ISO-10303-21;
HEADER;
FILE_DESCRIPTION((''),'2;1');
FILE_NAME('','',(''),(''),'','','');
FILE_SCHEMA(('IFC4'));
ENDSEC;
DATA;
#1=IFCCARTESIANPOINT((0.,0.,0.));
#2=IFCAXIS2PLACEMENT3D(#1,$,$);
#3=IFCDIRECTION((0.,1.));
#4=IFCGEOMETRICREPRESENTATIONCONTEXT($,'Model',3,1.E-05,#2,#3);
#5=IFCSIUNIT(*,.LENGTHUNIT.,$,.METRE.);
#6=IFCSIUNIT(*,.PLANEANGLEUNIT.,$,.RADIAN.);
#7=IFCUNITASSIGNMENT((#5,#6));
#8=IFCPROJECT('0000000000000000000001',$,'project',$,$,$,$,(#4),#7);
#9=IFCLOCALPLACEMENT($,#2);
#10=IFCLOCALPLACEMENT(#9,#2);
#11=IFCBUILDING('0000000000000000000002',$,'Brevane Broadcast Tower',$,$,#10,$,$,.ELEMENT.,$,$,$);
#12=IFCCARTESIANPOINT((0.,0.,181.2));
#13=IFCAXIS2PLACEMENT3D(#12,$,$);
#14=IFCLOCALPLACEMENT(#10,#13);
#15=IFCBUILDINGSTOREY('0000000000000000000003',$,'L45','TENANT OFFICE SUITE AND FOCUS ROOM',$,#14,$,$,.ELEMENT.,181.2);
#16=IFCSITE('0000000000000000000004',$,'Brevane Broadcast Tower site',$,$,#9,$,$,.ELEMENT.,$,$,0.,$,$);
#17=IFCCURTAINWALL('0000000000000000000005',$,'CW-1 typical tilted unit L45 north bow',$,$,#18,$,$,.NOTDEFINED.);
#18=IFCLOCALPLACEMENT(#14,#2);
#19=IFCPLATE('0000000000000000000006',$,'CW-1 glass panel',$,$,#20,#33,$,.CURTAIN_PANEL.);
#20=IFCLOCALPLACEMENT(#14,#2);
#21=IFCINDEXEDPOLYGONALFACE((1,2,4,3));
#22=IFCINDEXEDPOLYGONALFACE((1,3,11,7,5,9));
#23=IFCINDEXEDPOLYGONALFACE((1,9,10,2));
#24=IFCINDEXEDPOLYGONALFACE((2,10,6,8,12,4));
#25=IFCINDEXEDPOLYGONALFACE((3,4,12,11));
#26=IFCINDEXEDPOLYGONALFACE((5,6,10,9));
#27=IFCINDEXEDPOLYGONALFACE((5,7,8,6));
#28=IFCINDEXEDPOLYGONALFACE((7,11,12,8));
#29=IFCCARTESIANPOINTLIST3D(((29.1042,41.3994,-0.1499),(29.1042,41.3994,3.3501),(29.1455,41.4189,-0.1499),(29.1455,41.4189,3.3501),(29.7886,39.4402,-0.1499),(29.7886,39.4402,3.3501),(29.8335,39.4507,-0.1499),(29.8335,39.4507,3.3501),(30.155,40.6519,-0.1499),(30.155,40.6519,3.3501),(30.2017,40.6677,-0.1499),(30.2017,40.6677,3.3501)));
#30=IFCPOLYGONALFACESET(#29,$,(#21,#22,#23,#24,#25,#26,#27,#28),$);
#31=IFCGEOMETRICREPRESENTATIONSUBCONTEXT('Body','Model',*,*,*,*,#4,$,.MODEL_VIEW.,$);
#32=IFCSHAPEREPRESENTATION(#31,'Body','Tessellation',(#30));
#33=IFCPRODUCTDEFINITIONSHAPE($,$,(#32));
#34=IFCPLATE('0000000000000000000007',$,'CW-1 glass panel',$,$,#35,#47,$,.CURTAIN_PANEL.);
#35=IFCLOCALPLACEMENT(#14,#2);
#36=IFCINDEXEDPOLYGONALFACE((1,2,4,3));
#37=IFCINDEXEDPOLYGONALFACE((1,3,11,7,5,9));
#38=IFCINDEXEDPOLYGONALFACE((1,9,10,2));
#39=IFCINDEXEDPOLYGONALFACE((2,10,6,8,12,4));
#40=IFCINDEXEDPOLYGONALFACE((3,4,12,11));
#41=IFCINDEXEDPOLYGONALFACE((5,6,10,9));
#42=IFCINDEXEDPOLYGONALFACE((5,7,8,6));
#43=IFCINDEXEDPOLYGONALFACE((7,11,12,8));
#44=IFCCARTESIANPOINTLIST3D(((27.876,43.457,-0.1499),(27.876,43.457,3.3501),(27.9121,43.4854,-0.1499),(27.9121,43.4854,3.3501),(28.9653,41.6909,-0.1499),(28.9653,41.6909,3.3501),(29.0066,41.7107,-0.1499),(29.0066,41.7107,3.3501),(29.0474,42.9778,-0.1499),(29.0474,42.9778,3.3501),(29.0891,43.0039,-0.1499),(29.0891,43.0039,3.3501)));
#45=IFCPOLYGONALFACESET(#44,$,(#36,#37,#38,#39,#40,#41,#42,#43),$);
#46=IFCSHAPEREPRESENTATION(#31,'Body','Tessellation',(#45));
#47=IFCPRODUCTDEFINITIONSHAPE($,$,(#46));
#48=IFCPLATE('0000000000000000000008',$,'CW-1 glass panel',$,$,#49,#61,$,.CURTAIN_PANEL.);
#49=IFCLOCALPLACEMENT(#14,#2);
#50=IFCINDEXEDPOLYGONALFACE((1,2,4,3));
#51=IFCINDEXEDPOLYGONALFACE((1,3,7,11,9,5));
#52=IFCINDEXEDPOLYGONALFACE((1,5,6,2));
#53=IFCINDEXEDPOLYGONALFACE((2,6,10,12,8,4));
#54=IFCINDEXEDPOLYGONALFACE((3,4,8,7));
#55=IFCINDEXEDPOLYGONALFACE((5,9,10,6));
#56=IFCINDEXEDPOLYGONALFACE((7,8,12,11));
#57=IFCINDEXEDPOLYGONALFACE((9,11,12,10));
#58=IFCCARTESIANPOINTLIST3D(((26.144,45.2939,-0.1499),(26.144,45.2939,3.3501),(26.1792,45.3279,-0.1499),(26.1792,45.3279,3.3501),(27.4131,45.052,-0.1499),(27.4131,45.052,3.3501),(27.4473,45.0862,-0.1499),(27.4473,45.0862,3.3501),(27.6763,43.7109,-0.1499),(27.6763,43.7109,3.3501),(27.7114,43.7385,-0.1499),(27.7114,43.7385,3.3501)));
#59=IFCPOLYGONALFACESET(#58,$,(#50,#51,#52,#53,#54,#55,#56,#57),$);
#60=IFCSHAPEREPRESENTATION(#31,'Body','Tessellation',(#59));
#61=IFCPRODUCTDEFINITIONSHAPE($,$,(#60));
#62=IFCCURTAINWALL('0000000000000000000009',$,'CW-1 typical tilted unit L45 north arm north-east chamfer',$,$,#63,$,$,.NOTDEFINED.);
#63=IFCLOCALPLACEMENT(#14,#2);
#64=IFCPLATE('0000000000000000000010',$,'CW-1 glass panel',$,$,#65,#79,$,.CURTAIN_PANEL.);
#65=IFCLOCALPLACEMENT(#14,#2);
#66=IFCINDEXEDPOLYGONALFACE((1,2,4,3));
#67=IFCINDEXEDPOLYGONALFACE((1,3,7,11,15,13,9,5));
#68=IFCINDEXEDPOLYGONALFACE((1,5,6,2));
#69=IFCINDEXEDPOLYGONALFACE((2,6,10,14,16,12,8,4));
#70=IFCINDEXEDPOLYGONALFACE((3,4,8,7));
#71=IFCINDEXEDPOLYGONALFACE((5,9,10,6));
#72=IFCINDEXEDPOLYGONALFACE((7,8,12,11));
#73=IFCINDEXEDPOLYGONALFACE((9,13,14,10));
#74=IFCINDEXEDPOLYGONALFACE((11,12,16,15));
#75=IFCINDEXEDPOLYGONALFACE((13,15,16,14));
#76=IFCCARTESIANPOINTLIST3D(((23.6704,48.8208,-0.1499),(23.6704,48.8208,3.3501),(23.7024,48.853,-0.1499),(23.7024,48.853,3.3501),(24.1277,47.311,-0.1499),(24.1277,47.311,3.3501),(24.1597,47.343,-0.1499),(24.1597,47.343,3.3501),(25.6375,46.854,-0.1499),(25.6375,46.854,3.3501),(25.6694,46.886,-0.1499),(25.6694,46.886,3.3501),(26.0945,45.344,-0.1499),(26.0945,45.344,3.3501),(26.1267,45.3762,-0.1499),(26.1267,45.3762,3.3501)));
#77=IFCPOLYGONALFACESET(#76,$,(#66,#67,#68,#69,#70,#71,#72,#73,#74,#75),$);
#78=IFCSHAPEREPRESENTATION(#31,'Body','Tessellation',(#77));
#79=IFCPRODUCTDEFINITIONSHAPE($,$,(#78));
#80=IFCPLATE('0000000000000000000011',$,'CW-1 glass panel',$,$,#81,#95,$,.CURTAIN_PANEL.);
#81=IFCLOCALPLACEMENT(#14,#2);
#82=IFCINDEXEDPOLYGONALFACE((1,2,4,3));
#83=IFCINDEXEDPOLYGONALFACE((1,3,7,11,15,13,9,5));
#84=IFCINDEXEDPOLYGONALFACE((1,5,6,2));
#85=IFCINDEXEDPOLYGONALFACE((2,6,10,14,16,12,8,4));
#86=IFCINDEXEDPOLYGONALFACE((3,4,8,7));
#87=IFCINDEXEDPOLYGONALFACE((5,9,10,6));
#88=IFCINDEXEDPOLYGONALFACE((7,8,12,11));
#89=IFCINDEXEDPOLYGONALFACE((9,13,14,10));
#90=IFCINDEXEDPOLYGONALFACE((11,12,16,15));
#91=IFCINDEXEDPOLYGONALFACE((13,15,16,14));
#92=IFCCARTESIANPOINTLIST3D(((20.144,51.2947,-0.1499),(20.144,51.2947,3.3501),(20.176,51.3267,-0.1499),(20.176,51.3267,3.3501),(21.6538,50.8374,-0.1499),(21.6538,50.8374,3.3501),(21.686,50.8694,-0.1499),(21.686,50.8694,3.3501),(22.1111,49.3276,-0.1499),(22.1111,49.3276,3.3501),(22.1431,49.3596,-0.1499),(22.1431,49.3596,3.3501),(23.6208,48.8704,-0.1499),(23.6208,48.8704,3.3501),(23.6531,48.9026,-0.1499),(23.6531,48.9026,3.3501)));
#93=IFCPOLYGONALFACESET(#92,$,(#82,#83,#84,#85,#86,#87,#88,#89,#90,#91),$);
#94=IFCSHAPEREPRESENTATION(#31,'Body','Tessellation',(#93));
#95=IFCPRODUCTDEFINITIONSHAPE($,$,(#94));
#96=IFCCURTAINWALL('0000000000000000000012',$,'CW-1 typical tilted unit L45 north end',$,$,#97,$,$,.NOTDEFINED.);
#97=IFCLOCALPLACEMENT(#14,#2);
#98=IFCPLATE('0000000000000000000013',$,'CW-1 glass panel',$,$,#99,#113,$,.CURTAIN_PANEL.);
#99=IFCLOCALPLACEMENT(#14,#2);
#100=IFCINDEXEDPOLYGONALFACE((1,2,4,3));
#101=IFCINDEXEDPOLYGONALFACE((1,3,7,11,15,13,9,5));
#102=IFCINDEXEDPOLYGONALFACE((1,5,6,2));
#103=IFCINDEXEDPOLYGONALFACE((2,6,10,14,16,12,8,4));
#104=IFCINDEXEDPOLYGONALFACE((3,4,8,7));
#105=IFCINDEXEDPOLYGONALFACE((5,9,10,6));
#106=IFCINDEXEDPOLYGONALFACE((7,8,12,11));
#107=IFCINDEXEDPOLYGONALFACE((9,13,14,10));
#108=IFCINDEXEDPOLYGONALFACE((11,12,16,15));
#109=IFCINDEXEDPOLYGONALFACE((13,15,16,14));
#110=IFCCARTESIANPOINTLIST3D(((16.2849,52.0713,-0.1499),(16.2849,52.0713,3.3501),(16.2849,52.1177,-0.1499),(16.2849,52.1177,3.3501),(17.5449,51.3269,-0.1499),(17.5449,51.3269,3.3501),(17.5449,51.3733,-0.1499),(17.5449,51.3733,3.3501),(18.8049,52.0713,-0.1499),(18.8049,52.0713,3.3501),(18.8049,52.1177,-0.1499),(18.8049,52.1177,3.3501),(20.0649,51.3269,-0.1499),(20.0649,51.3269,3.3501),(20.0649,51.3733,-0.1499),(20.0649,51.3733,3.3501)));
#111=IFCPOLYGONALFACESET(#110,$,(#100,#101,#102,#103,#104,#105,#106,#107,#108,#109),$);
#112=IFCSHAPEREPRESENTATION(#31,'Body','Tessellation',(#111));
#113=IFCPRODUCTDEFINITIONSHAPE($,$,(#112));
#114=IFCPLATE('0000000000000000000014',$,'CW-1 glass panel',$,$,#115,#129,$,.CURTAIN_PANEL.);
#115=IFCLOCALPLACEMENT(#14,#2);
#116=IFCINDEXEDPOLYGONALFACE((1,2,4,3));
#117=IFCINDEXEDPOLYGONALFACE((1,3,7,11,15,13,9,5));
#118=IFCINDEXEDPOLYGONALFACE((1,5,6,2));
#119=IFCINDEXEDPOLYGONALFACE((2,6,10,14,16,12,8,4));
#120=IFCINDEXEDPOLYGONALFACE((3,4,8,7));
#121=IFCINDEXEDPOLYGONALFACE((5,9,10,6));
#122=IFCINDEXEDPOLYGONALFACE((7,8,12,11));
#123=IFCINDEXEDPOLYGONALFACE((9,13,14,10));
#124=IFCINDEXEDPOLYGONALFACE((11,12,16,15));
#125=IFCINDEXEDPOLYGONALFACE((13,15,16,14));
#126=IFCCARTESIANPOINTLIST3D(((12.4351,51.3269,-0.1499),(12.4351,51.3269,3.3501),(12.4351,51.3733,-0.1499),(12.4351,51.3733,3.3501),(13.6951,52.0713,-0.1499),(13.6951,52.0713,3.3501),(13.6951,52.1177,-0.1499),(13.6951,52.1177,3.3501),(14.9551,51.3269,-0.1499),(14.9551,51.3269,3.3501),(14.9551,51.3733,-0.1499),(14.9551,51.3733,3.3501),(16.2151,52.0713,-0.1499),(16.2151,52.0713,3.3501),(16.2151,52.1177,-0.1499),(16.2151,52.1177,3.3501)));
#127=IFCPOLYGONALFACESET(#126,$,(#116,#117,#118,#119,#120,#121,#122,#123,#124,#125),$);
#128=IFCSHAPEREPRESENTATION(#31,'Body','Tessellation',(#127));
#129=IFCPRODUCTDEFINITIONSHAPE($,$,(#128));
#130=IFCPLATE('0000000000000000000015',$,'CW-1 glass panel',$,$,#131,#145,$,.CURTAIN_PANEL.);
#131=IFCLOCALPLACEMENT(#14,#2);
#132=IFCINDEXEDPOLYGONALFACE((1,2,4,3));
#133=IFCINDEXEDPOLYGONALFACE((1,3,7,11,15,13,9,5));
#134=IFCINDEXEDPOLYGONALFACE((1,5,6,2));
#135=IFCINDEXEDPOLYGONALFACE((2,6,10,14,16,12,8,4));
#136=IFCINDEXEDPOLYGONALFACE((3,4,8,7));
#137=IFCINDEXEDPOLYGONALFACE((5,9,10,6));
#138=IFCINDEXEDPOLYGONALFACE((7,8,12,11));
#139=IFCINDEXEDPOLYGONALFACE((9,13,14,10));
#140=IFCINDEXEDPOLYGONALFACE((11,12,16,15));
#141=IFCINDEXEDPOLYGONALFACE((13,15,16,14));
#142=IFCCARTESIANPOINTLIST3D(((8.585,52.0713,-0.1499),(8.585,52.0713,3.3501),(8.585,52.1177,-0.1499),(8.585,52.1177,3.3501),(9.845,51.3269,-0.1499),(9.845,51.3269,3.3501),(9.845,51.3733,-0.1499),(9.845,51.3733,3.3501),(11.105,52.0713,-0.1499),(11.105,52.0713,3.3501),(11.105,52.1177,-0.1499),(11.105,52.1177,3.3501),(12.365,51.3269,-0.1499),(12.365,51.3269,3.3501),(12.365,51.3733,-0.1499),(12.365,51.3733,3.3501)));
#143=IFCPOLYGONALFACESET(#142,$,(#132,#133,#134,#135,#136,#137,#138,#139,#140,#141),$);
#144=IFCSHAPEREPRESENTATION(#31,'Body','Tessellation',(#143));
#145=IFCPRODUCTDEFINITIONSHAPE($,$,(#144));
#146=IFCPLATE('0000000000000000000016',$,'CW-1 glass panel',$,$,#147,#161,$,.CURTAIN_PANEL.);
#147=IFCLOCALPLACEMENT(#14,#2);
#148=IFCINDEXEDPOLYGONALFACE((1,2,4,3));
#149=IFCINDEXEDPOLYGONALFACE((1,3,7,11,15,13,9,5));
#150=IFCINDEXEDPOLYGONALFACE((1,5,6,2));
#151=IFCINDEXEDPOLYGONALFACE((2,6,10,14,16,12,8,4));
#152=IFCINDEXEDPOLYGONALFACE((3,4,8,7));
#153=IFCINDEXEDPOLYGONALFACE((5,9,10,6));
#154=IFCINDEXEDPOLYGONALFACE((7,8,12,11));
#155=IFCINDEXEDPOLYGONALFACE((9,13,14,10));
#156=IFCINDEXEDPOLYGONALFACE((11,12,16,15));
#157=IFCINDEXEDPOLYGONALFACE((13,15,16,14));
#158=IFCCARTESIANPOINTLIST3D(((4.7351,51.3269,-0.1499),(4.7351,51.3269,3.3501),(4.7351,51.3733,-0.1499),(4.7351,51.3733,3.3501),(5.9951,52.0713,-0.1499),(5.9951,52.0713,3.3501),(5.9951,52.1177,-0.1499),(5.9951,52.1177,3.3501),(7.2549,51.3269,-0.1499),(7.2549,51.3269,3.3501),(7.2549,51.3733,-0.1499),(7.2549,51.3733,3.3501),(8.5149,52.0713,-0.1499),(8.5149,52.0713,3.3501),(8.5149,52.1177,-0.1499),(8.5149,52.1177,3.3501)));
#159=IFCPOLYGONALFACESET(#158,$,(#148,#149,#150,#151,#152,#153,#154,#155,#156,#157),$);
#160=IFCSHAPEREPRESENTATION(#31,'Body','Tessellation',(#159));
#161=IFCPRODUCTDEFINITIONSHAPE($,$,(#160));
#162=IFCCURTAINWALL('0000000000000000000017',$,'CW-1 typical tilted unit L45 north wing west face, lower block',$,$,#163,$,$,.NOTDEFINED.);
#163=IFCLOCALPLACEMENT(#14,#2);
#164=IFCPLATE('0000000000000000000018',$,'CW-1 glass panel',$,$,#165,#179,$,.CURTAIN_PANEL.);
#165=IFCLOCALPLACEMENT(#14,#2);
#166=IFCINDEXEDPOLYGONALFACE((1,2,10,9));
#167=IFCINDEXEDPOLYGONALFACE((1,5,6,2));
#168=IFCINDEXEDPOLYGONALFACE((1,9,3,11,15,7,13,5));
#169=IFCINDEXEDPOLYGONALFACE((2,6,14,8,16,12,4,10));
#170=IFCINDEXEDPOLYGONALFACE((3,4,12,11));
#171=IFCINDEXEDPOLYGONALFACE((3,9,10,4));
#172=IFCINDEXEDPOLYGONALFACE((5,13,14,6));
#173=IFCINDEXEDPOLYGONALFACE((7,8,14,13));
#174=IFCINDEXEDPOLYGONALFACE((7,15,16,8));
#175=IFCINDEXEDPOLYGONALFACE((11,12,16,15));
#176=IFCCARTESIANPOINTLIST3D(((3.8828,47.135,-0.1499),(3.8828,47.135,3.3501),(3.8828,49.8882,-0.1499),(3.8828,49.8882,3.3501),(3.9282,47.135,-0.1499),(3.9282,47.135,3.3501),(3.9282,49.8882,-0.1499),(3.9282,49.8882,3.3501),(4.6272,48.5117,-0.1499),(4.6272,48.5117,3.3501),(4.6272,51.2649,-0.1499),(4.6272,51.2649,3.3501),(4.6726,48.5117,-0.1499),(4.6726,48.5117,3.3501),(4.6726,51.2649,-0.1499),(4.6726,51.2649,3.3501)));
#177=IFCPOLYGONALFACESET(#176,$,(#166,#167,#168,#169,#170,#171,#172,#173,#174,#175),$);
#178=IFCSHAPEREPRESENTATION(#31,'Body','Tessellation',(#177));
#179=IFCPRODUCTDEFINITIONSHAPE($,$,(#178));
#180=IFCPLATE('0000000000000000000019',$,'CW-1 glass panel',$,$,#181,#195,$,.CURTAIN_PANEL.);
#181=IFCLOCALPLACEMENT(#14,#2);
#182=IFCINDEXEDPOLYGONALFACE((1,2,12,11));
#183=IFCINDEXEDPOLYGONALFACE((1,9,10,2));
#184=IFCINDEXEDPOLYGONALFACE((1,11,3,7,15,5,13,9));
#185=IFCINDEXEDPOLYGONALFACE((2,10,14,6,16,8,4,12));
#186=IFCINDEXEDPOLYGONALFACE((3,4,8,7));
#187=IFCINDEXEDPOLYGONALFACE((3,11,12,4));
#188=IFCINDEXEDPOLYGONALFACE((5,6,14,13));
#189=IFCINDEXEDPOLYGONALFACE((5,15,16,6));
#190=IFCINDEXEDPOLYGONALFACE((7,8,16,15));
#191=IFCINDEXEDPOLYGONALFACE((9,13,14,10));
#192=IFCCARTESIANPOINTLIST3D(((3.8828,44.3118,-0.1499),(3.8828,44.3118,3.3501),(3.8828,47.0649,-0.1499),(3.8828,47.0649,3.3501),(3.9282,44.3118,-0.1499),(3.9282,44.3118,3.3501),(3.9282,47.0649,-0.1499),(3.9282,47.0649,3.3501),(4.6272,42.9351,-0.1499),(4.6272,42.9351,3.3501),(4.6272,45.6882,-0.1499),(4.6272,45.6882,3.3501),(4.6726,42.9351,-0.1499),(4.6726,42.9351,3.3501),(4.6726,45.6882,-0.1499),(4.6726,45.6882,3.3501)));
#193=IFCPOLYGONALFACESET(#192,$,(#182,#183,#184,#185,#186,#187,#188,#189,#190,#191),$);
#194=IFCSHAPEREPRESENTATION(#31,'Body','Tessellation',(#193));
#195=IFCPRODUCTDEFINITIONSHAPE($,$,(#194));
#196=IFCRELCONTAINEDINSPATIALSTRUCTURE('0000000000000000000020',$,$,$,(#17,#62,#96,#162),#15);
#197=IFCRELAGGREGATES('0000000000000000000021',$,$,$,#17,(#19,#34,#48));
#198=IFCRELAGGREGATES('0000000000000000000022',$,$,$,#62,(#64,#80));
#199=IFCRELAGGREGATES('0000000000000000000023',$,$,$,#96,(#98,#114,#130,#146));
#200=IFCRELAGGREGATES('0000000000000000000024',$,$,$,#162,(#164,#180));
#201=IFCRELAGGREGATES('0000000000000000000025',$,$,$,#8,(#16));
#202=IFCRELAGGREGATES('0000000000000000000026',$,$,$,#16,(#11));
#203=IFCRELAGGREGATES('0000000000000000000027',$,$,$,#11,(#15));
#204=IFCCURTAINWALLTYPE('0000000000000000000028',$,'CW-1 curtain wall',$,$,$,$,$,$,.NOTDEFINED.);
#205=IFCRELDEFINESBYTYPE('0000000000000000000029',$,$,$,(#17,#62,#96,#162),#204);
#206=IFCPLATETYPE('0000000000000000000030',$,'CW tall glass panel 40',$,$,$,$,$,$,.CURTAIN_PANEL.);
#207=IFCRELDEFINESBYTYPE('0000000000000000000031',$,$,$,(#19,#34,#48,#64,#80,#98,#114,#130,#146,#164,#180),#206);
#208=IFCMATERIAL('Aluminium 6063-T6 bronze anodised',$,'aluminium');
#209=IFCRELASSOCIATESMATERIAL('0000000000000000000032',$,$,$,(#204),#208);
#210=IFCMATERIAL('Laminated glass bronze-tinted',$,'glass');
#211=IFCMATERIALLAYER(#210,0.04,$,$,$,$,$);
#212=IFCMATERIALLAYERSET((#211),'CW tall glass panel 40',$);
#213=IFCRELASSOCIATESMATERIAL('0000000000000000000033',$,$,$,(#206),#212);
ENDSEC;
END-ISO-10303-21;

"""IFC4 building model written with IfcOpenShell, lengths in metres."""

from ifc_helpers import new_model, si_unit, direction, frame, origin, place, context, subcontext, project, spatial, polyline, outline, extrude, material, layer, layer_set, type_object, element, aggregate, save


model = new_model("IFC4")

# Units and contexts
model_context = context("Model", 3, precision=1e-05, world=origin(), true_north=direction((0.0, 1.0)))
body_context = subcontext(model_context, "Body", "Model", "MODEL_VIEW")
ifc_project = project(units=[si_unit("LENGTHUNIT", "METRE"), si_unit("PLANEANGLEUNIT", "RADIAN")], contexts=[model_context])

# Site, building, storey
site_placement = place(None, origin())
site = spatial("IfcSite", under=ifc_project, at=site_placement, Name="Brevane Broadcast Tower site", CompositionType="ELEMENT", RefElevation=0.0)
building_placement = place(site_placement, origin())
building = spatial("IfcBuilding", under=site, at=building_placement, Name="Brevane Broadcast Tower", CompositionType="ELEMENT")
storey_placement = place(building_placement, frame((0.0, 0.0, 181.2)))
storey = spatial("IfcBuildingStorey", under=building, at=storey_placement, Name="L45", Description="TENANT OFFICE SUITE AND FOCUS ROOM", CompositionType="ELEMENT", Elevation=181.2)

# Shared definitions
ifc_material_1 = material(Name="Aluminium 6063-T6 bronze anodised", Category="aluminium")
curtain_wall_type = type_object("IfcCurtainWallType", Name="CW-1 curtain wall", PredefinedType="NOTDEFINED", material=ifc_material_1)

# Curtain walls, plates
ifc_material_2 = material(Name="Laminated glass bronze-tinted", Category="glass")
ifc_layer = layer(ifc_material_2, 0.04)
ifc_layer_set = layer_set([ifc_layer], Name="CW tall glass panel 40")
plate_type = type_object("IfcPlateType", Name="CW tall glass panel 40", PredefinedType="CURTAIN_PANEL", material=ifc_layer_set)
curtain_wall_1_placement = place(storey_placement, origin())
curtain_wall_1 = element("IfcCurtainWall", 1, at=curtain_wall_1_placement, inside=storey, type_object=curtain_wall_type, Name="CW-1 typical tilted unit L45 north bow", PredefinedType="NOTDEFINED")
plate_1_placement = place(storey_placement, frame((0.0, 0.0, -0.1499)))
plate_1 = element("IfcPlate", 2, at=plate_1_placement, type_object=plate_type, Name="CW-1 glass panel", PredefinedType="CURTAIN_PANEL", context=body_context, shape_type="SweptSolid", body=[
    extrude(outline(polyline([(29.7886, 39.4402), (29.8335, 39.4507), (30.2017, 40.6677), (29.1455, 41.4189), (29.1042, 41.3994), (30.155, 40.6519), (29.7886, 39.4402)])), origin(), (0.0, 0.0, 1.0), 3.5),
])
plate_2_placement = place(storey_placement, frame((0.0, 0.0, -0.1499)))
plate_2 = element("IfcPlate", 3, at=plate_2_placement, type_object=plate_type, Name="CW-1 glass panel", PredefinedType="CURTAIN_PANEL", context=body_context, shape_type="SweptSolid", body=[
    extrude(outline(polyline([(28.9653, 41.6909), (29.0066, 41.7107), (29.0891, 43.0039), (27.9121, 43.4854), (27.876, 43.457), (29.0474, 42.9778), (28.9653, 41.6909)])), origin(), (0.0, 0.0, 1.0), 3.5),
])
plate_3_placement = place(storey_placement, frame((0.0, 0.0, -0.1499)))
plate_3 = element("IfcPlate", 4, at=plate_3_placement, type_object=plate_type, Name="CW-1 glass panel", PredefinedType="CURTAIN_PANEL", context=body_context, shape_type="SweptSolid", body=[
    extrude(outline(polyline([(27.6763, 43.7109), (27.7114, 43.7385), (27.4473, 45.0862), (26.1792, 45.3279), (26.144, 45.2939), (27.4131, 45.052), (27.6763, 43.7109)])), origin(), (0.0, 0.0, 1.0), 3.5),
])
aggregate(curtain_wall_1, [plate_1, plate_2, plate_3])
curtain_wall_2_placement = place(storey_placement, origin())
curtain_wall_2 = element("IfcCurtainWall", 5, at=curtain_wall_2_placement, inside=storey, type_object=curtain_wall_type, Name="CW-1 typical tilted unit L45 north arm north-east chamfer", PredefinedType="NOTDEFINED")
plate_4_placement = place(storey_placement, frame((0.0, 0.0, -0.1499)))
plate_4 = element("IfcPlate", 6, at=plate_4_placement, type_object=plate_type, Name="CW-1 glass panel", PredefinedType="CURTAIN_PANEL", context=body_context, shape_type="SweptSolid", body=[
    extrude(outline(polyline([(26.0945, 45.344), (26.1267, 45.3762), (25.6694, 46.886), (24.1597, 47.343), (23.7024, 48.853), (23.6704, 48.8208), (24.1277, 47.311), (25.6375, 46.854), (26.0945, 45.344)])), origin(), (0.0, 0.0, 1.0), 3.5),
])
plate_5_placement = place(storey_placement, frame((0.0, 0.0, -0.1499)))
plate_5 = element("IfcPlate", 7, at=plate_5_placement, type_object=plate_type, Name="CW-1 glass panel", PredefinedType="CURTAIN_PANEL", context=body_context, shape_type="SweptSolid", body=[
    extrude(outline(polyline([(23.6208, 48.8704), (23.6531, 48.9026), (22.1431, 49.3596), (21.686, 50.8694), (20.176, 51.3267), (20.144, 51.2947), (21.6538, 50.8374), (22.1111, 49.3276), (23.6208, 48.8704)])), origin(), (0.0, 0.0, 1.0), 3.5),
])
aggregate(curtain_wall_2, [plate_4, plate_5])
curtain_wall_3_placement = place(storey_placement, origin())
curtain_wall_3 = element("IfcCurtainWall", 8, at=curtain_wall_3_placement, inside=storey, type_object=curtain_wall_type, Name="CW-1 typical tilted unit L45 north end", PredefinedType="NOTDEFINED")
plate_6_placement = place(storey_placement, frame((0.0, 0.0, -0.1499)))
plate_6 = element("IfcPlate", 9, at=plate_6_placement, type_object=plate_type, Name="CW-1 glass panel", PredefinedType="CURTAIN_PANEL", context=body_context, shape_type="SweptSolid", body=[
    extrude(outline(polyline([(20.0649, 51.3269), (20.0649, 51.3733), (18.8049, 52.1177), (17.5449, 51.3733), (16.2849, 52.1177), (16.2849, 52.0713), (17.5449, 51.3269), (18.8049, 52.0713), (20.0649, 51.3269)])), origin(), (0.0, 0.0, 1.0), 3.5),
])
plate_7_placement = place(storey_placement, frame((0.0, 0.0, -0.1499)))
plate_7 = element("IfcPlate", 10, at=plate_7_placement, type_object=plate_type, Name="CW-1 glass panel", PredefinedType="CURTAIN_PANEL", context=body_context, shape_type="SweptSolid", body=[
    extrude(outline(polyline([(16.2151, 52.0713), (16.2151, 52.1177), (14.9551, 51.3733), (13.6951, 52.1177), (12.4351, 51.3733), (12.4351, 51.3269), (13.6951, 52.0713), (14.9551, 51.3269), (16.2151, 52.0713)])), origin(), (0.0, 0.0, 1.0), 3.5),
])
plate_8_placement = place(storey_placement, frame((0.0, 0.0, -0.1499)))
plate_8 = element("IfcPlate", 11, at=plate_8_placement, type_object=plate_type, Name="CW-1 glass panel", PredefinedType="CURTAIN_PANEL", context=body_context, shape_type="SweptSolid", body=[
    extrude(outline(polyline([(12.365, 51.3269), (12.365, 51.3733), (11.105, 52.1177), (9.845, 51.3733), (8.585, 52.1177), (8.585, 52.0713), (9.845, 51.3269), (11.105, 52.0713), (12.365, 51.3269)])), origin(), (0.0, 0.0, 1.0), 3.5),
])
plate_9_placement = place(storey_placement, frame((0.0, 0.0, -0.1499)))
plate_9 = element("IfcPlate", 12, at=plate_9_placement, type_object=plate_type, Name="CW-1 glass panel", PredefinedType="CURTAIN_PANEL", context=body_context, shape_type="SweptSolid", body=[
    extrude(outline(polyline([(8.5149, 52.0713), (8.5149, 52.1177), (7.2549, 51.3733), (5.9951, 52.1177), (4.7351, 51.3733), (4.7351, 51.3269), (5.9951, 52.0713), (7.2549, 51.3269), (8.5149, 52.0713)])), origin(), (0.0, 0.0, 1.0), 3.5),
])
aggregate(curtain_wall_3, [plate_6, plate_7, plate_8, plate_9])
curtain_wall_4_placement = place(storey_placement, origin())
curtain_wall_4 = element("IfcCurtainWall", 13, at=curtain_wall_4_placement, inside=storey, type_object=curtain_wall_type, Name="CW-1 typical tilted unit L45 north wing west face, lower block", PredefinedType="NOTDEFINED")
plate_10_placement = place(storey_placement, frame((0.0, 0.0, -0.1499)))
plate_10 = element("IfcPlate", 14, at=plate_10_placement, type_object=plate_type, Name="CW-1 glass panel", PredefinedType="CURTAIN_PANEL", context=body_context, shape_type="SweptSolid", body=[
    extrude(outline(polyline([(4.6726, 51.2649), (4.6272, 51.2649), (3.8828, 49.8882), (4.6272, 48.5117), (3.8828, 47.135), (3.9282, 47.135), (4.6726, 48.5117), (3.9282, 49.8882), (4.6726, 51.2649)])), origin(), (0.0, 0.0, 1.0), 3.5),
])
plate_11_placement = place(storey_placement, frame((0.0, 0.0, -0.1499)))
plate_11 = element("IfcPlate", 15, at=plate_11_placement, type_object=plate_type, Name="CW-1 glass panel", PredefinedType="CURTAIN_PANEL", context=body_context, shape_type="SweptSolid", body=[
    extrude(outline(polyline([(3.9282, 47.0649), (3.8828, 47.0649), (4.6272, 45.6882), (3.8828, 44.3118), (4.6272, 42.9351), (4.6726, 42.9351), (3.9282, 44.3118), (4.6726, 45.6882), (3.9282, 47.0649)])), origin(), (0.0, 0.0, 1.0), 3.5),
])
aggregate(curtain_wall_4, [plate_10, plate_11])

save(model, "model.ifc")
